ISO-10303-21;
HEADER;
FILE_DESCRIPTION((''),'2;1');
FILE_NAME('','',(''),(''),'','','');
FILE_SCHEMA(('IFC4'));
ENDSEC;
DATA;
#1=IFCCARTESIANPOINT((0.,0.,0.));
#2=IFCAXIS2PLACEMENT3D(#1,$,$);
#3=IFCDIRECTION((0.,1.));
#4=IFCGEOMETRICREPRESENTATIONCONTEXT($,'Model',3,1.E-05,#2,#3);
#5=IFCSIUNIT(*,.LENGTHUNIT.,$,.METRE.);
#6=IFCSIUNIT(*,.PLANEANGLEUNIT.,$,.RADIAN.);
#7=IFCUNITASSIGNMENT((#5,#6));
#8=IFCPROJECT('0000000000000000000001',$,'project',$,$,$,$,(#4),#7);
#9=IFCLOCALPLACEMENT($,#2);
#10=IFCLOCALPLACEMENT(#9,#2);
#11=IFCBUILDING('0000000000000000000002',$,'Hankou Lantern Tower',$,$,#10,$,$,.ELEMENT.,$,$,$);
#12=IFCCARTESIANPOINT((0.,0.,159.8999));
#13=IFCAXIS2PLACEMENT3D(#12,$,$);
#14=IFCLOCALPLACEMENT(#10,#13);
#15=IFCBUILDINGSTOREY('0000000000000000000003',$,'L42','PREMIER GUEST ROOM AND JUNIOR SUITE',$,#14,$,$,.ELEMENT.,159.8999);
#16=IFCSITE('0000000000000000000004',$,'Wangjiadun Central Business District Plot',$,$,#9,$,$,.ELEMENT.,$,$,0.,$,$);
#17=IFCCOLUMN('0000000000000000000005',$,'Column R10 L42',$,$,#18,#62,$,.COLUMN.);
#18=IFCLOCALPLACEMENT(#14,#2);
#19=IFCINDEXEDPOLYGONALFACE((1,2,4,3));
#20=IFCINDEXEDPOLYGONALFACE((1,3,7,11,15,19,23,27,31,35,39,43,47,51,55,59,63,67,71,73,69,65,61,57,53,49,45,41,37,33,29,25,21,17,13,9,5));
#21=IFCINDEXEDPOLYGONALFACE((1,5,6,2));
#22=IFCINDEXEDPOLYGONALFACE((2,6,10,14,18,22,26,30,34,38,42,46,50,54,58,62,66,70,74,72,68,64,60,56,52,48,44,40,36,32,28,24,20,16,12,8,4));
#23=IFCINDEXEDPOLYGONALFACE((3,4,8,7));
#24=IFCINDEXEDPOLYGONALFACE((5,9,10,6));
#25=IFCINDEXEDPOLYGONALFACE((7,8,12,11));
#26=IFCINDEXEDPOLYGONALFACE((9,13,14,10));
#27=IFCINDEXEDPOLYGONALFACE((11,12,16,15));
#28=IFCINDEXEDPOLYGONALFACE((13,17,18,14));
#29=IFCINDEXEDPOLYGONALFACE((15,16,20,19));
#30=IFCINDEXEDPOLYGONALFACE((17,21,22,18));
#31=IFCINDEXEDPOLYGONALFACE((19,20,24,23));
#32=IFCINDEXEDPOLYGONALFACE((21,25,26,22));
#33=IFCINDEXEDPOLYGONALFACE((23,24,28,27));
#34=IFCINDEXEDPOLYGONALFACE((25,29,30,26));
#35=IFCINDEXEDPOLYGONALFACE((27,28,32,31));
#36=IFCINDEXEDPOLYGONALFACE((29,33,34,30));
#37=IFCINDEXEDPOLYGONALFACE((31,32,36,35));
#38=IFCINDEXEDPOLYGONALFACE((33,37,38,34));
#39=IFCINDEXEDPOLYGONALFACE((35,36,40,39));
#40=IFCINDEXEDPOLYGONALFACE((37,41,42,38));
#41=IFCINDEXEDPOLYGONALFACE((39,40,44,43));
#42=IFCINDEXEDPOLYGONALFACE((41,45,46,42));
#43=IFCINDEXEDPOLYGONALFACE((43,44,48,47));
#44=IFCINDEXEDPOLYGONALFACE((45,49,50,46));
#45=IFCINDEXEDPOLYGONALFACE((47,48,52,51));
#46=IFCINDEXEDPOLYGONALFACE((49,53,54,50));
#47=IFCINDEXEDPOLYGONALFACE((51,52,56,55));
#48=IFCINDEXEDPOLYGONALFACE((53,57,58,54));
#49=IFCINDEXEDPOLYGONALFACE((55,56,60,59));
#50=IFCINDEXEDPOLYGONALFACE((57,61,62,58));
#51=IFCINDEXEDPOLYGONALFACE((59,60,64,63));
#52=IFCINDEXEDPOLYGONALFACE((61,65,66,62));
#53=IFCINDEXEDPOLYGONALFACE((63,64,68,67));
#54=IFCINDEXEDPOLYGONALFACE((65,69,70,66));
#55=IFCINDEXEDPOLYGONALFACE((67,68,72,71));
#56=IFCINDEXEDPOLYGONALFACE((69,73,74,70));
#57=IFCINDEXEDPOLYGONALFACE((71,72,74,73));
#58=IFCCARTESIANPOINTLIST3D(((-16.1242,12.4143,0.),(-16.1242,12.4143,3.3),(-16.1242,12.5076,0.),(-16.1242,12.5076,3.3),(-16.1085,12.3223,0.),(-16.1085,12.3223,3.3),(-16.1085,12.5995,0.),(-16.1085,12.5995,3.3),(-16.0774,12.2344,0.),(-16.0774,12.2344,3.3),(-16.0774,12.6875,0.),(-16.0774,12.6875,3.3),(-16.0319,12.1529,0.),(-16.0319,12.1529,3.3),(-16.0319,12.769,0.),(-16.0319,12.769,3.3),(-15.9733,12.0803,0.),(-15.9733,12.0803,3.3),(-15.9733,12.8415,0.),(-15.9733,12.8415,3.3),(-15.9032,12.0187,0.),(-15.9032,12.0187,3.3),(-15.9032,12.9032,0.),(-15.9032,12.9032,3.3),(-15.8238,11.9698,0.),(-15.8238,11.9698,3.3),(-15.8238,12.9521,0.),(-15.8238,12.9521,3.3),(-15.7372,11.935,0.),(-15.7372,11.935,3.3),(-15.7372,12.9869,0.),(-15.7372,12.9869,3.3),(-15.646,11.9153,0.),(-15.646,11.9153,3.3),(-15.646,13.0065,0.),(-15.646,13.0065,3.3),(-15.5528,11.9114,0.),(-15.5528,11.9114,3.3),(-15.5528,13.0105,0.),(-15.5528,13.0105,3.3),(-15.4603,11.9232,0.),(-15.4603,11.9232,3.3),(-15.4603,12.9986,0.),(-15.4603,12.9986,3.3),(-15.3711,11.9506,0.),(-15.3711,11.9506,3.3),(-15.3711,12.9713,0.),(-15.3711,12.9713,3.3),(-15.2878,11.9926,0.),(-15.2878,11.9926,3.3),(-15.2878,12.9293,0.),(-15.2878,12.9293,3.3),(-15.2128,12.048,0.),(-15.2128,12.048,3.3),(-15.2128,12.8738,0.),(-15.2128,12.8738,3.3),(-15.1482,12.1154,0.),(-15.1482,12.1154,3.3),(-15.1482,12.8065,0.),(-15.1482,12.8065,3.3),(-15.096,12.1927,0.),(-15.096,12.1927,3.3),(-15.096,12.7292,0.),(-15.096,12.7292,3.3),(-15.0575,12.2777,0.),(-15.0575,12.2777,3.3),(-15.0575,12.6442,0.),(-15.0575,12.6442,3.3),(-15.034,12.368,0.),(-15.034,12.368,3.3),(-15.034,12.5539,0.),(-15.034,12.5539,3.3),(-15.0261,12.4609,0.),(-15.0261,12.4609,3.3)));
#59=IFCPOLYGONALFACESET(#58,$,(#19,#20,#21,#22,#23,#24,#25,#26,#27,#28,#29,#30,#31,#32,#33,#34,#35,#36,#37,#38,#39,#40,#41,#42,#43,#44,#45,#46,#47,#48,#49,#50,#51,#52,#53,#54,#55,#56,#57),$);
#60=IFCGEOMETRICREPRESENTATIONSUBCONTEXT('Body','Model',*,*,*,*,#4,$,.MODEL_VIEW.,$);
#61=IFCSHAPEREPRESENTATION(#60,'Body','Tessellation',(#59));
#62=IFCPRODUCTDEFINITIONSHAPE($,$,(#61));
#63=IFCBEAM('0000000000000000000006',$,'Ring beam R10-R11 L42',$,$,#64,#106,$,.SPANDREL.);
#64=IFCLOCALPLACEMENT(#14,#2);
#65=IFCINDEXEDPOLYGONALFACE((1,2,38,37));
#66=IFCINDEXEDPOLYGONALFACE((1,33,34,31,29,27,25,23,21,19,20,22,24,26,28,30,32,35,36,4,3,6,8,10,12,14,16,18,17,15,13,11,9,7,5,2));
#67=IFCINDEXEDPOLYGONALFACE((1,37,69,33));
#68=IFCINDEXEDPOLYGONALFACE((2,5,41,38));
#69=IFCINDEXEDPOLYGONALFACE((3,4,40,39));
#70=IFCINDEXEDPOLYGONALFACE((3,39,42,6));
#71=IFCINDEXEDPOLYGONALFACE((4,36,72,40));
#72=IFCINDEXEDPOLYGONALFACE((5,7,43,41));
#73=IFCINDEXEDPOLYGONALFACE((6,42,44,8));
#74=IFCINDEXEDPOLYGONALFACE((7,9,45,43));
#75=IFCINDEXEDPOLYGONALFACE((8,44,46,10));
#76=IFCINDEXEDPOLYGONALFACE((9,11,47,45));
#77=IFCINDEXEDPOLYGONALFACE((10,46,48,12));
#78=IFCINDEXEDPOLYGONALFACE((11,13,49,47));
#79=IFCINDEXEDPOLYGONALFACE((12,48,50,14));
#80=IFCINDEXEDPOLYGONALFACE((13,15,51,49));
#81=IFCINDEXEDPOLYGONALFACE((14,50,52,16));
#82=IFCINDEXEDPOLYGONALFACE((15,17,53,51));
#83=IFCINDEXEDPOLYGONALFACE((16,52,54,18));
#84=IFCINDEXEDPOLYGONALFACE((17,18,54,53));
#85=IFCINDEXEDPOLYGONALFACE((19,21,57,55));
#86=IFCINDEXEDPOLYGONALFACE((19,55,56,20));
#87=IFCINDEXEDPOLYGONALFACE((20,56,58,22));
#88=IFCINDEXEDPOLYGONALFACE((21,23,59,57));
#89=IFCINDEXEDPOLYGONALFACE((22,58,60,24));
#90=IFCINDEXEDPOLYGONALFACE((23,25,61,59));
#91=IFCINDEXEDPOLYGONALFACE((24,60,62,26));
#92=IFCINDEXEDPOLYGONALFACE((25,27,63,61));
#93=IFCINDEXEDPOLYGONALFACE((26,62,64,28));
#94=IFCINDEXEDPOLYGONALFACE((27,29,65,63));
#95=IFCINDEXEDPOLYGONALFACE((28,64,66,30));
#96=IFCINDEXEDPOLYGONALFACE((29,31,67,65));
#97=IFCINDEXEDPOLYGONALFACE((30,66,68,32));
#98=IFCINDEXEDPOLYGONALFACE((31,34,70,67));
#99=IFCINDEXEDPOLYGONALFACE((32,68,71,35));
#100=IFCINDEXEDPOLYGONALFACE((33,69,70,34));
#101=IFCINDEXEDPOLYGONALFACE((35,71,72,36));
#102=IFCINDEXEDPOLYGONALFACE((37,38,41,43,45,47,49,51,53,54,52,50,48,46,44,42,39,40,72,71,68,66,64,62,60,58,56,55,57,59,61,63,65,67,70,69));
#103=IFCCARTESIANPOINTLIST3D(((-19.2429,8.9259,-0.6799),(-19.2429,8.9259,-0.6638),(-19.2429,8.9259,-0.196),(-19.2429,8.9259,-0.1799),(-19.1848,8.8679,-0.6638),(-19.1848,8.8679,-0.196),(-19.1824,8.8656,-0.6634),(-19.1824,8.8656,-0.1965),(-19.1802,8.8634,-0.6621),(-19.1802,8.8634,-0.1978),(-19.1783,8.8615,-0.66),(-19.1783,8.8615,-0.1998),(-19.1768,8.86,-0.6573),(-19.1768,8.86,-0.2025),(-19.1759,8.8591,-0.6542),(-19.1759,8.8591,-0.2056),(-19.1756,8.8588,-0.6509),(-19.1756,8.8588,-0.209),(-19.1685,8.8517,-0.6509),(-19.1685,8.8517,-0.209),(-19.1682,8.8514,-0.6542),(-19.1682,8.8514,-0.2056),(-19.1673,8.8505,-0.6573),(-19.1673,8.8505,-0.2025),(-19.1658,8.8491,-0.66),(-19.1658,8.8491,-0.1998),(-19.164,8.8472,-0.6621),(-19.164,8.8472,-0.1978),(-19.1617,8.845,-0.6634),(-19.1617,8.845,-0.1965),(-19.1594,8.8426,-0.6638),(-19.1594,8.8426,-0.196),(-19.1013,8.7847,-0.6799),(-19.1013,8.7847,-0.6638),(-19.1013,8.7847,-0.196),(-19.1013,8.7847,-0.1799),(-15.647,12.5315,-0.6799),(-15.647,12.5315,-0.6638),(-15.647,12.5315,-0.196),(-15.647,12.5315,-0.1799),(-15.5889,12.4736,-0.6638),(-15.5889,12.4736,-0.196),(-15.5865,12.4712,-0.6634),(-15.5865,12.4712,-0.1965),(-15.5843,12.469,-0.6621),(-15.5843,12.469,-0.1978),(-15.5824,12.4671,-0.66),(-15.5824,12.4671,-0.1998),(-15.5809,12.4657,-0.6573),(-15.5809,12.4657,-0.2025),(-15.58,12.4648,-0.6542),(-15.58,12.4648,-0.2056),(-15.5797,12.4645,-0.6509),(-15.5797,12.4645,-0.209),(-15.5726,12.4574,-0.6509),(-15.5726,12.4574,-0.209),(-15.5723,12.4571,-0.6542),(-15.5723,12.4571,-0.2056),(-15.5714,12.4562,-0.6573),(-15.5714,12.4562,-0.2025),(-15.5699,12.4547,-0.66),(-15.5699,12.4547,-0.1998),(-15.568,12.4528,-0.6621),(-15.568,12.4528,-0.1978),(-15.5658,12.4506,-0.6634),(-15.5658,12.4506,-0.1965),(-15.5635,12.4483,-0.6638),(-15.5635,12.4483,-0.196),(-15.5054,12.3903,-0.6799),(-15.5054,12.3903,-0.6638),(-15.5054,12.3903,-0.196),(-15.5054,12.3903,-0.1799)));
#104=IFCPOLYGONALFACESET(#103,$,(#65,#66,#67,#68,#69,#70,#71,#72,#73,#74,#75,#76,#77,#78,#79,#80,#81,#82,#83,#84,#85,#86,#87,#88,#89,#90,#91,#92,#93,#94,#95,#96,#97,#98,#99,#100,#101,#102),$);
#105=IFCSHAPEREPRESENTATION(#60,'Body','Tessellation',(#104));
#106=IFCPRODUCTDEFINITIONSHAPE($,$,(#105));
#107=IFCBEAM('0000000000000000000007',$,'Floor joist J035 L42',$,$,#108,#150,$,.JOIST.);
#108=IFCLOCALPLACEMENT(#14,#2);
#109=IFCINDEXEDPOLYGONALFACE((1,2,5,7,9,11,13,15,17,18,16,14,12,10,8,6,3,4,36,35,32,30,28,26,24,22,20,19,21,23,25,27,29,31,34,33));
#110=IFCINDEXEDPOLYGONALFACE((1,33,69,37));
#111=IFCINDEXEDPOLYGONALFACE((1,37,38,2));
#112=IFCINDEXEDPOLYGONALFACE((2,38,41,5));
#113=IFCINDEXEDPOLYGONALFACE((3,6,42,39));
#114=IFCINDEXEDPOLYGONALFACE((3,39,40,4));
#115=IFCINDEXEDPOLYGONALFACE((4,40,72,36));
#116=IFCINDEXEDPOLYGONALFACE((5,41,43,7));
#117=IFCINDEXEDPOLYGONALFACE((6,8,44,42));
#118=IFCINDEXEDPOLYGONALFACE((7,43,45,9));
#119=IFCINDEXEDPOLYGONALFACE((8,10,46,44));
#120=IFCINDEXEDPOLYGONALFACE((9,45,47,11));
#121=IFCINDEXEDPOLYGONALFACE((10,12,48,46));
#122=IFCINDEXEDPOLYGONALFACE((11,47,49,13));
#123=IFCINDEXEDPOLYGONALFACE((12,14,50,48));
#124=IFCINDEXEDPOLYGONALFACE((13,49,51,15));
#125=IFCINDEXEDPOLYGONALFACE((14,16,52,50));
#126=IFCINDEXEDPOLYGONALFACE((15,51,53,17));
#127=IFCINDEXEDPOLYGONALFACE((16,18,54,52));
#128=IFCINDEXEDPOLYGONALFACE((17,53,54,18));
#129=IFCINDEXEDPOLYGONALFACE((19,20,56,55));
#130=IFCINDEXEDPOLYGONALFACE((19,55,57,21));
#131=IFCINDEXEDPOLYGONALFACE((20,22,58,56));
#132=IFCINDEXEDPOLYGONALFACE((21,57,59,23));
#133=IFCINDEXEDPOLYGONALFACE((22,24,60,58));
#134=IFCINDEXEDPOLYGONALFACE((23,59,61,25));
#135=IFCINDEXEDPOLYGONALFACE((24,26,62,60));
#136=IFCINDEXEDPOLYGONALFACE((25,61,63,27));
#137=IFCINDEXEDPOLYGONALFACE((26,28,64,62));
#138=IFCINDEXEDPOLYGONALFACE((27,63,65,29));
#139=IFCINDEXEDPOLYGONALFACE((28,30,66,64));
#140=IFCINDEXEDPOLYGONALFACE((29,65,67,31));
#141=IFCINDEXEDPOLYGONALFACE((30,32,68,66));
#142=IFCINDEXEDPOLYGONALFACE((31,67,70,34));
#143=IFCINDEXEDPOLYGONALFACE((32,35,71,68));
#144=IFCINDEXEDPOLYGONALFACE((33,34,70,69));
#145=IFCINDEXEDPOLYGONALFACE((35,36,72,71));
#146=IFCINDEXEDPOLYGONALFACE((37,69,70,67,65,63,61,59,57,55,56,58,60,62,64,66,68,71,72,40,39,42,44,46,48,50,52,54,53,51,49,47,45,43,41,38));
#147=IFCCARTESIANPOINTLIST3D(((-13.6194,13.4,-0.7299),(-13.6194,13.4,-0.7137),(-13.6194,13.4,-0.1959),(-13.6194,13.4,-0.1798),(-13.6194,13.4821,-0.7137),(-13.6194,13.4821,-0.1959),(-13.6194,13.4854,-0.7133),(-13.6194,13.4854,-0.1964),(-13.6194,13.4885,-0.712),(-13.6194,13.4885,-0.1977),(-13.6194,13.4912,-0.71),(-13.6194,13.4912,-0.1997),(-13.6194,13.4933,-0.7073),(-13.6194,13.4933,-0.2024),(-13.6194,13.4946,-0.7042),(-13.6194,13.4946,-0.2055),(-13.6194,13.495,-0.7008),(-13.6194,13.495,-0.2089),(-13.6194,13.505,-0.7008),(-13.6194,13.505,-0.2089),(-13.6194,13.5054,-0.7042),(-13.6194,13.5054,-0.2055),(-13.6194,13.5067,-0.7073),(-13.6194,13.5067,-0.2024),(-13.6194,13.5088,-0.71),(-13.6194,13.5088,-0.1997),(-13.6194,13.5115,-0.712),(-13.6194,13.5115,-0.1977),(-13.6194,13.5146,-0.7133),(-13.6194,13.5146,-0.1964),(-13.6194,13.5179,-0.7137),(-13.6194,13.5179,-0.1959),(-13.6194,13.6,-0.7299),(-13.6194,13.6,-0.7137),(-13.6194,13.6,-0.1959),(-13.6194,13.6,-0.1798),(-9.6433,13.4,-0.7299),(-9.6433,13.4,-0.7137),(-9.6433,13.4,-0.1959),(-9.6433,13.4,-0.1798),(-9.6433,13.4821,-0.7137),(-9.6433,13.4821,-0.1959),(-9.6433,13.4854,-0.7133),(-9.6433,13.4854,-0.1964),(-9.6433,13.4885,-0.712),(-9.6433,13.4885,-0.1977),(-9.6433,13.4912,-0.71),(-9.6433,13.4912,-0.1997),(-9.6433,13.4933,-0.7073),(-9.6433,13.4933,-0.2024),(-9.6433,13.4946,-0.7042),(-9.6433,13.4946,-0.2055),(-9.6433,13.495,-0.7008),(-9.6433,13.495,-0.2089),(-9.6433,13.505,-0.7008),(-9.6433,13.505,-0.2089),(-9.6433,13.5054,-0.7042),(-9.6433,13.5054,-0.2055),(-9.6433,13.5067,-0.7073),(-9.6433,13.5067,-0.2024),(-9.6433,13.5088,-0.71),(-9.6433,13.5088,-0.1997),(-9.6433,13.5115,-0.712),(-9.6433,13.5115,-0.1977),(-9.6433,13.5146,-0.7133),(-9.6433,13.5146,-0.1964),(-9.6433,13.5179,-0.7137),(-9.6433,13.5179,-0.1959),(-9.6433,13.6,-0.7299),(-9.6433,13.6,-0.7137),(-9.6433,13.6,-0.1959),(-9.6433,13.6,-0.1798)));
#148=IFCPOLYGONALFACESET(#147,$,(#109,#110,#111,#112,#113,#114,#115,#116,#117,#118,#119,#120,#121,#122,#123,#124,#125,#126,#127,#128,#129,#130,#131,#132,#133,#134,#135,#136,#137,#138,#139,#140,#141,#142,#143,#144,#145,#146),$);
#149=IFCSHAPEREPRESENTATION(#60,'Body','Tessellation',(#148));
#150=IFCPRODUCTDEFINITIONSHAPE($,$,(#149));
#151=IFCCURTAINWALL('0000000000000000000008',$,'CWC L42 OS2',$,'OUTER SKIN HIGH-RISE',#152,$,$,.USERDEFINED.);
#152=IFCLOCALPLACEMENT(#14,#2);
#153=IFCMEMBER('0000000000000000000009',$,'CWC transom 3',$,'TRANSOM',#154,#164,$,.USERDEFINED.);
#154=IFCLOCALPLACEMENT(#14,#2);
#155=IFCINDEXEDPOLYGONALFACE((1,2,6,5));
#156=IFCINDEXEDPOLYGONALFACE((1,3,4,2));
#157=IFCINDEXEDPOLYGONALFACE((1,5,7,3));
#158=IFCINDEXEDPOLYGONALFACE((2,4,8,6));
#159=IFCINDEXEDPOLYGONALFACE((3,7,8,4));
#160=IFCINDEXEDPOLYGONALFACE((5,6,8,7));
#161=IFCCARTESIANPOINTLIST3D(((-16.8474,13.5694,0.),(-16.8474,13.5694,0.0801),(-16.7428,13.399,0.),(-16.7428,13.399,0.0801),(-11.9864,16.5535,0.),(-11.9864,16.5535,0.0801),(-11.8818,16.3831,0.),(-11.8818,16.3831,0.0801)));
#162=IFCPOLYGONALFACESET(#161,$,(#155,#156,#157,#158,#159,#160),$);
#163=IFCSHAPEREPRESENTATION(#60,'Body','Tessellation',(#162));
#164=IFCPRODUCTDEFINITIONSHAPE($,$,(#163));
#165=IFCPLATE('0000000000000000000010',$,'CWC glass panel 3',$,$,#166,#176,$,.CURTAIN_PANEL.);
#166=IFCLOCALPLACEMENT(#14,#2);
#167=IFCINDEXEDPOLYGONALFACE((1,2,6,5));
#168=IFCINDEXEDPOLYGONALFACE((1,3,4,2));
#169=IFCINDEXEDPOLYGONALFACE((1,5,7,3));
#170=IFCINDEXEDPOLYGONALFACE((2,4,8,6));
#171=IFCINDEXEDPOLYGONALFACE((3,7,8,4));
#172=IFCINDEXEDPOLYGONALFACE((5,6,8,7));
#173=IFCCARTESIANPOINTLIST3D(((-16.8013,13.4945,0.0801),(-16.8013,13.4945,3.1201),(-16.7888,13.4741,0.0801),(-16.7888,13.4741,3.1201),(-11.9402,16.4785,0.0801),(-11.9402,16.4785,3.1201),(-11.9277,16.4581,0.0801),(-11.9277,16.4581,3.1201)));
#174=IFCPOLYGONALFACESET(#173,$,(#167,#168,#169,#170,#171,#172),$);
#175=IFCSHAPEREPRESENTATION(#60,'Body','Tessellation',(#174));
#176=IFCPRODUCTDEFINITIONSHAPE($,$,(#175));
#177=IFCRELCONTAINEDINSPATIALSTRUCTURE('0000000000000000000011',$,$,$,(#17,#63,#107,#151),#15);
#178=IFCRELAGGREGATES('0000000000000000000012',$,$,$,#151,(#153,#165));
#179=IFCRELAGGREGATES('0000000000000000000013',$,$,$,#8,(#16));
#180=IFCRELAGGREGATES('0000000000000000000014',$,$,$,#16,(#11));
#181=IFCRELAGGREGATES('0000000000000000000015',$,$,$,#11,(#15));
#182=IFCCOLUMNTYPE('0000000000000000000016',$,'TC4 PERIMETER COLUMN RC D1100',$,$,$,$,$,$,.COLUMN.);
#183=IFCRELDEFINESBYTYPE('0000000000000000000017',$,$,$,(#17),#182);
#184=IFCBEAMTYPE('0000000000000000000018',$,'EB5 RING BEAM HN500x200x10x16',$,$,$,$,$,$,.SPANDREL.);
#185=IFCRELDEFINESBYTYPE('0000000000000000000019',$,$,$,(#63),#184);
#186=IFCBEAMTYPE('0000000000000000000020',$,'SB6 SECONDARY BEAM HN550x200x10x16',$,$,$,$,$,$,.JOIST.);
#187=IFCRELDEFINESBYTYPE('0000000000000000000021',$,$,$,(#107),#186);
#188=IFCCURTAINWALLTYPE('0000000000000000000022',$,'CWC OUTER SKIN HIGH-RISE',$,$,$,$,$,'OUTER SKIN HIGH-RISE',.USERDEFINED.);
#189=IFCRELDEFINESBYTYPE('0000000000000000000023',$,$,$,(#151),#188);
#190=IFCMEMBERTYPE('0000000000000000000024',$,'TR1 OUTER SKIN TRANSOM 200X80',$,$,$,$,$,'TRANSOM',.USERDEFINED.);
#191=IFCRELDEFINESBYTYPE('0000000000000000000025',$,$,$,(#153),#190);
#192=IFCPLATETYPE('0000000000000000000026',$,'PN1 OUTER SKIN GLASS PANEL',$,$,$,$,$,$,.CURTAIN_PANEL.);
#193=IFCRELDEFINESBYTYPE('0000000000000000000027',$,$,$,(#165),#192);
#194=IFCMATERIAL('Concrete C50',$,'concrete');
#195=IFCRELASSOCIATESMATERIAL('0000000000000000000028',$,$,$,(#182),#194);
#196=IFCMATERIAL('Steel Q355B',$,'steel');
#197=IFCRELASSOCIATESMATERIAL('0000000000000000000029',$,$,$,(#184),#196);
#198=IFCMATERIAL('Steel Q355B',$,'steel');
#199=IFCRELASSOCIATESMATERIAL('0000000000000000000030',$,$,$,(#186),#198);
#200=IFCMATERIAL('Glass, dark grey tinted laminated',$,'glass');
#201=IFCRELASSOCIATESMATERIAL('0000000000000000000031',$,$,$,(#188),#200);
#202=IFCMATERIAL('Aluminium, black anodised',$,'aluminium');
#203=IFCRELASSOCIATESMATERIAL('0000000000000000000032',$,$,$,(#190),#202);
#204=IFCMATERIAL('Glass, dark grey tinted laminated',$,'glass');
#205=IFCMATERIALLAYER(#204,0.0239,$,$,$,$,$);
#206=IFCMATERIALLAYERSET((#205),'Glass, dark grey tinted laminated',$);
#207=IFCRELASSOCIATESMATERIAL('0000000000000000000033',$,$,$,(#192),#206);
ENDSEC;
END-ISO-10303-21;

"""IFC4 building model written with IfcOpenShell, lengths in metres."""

from ifc_helpers import new_model, si_unit, direction, frame, origin, origin_2d, place, context, subcontext, project, spatial, rectangle, circle, i_section, extrude, material, layer, layer_set, material_profile, profile_set, type_object, element, aggregate, save


model = new_model("IFC4")

# Units and contexts
model_context = context("Model", 3, precision=1e-05, world=origin(), true_north=direction((0.0, 1.0)))
body_context = subcontext(model_context, "Body", "Model", "MODEL_VIEW")
ifc_project = project(units=[si_unit("LENGTHUNIT", "METRE"), si_unit("PLANEANGLEUNIT", "RADIAN")], contexts=[model_context])

# Site, building, storey
site_placement = place(None, origin())
site = spatial("IfcSite", under=ifc_project, at=site_placement, Name="Wangjiadun Central Business District Plot", CompositionType="ELEMENT", RefElevation=0.0)
building_placement = place(site_placement, origin())
building = spatial("IfcBuilding", under=site, at=building_placement, Name="Hankou Lantern Tower", CompositionType="ELEMENT")
storey_placement = place(building_placement, frame((0.0, 0.0, 159.8999)))
storey = spatial("IfcBuildingStorey", under=building, at=storey_placement, Name="L42", Description="PREMIER GUEST ROOM AND JUNIOR SUITE", CompositionType="ELEMENT", Elevation=159.8999)

# Column
ifc_material_1 = material(Name="Concrete C50", Category="concrete")
ifc_material_profile_1 = material_profile(ifc_material_1, circle(Radius=0.55, at=origin_2d()), Name="RC D1100")
ifc_profile_set_1 = profile_set([ifc_material_profile_1], Name="Concrete C50")
column_type = type_object("IfcColumnType", Name="TC4 PERIMETER COLUMN RC D1100", PredefinedType="COLUMN", material=ifc_profile_set_1)
column_placement = place(storey_placement, frame((-15.5762, 12.4609, 0.0), z_axis=(0.0, 0.0, 1.0), x_axis=(1.0, 0.0, 0.0)))
element("IfcColumn", 1, at=column_placement, inside=storey, type_object=column_type, Name="Column R10 L42", PredefinedType="COLUMN", context=body_context, shape_type="SweptSolid", body=[
    extrude(circle(Radius=0.55, at=origin_2d()), origin(), (0.0, 0.0, 1.0), 3.3),
])

# Beams
ifc_material_2 = material(Name="Steel Q355B", Category="steel")
ifc_material_profile_2 = material_profile(ifc_material_2, i_section(OverallWidth=0.2, OverallDepth=0.5, WebThickness=0.01, FlangeThickness=0.0161, FilletRadius=0.0129, at=origin_2d()), Name="HN500x200x10x16")
ifc_profile_set_2 = profile_set([ifc_material_profile_2], Name="Steel Q355B")
beam_type_1 = type_object("IfcBeamType", Name="EB5 RING BEAM HN500x200x10x16", PredefinedType="SPANDREL", material=ifc_profile_set_2)
beam_1_placement = place(storey_placement, frame((-15.5762, 12.4609, -0.4299), z_axis=(-0.706147, -0.708065, 0.0), x_axis=(0.708065, -0.706147, 0.0)))
element("IfcBeam", 2, at=beam_1_placement, inside=storey, type_object=beam_type_1, Name="Ring beam R10-R11 L42", PredefinedType="SPANDREL", context=body_context, shape_type="SweptSolid", body=[
    extrude(i_section(OverallWidth=0.2, OverallDepth=0.5, WebThickness=0.01, FlangeThickness=0.0161, FilletRadius=0.0129, at=origin_2d()), origin(), (0.0, 0.0, 1.0), 5.0923),
])
ifc_material_3 = material(Name="Steel Q355B", Category="steel")
ifc_material_profile_3 = material_profile(ifc_material_3, i_section(OverallWidth=0.2, OverallDepth=0.55, WebThickness=0.01, FlangeThickness=0.0161, FilletRadius=0.0129, at=origin_2d()), Name="HN550x200x10x16")
ifc_profile_set_3 = profile_set([ifc_material_profile_3], Name="Steel Q355B")
beam_type_2 = type_object("IfcBeamType", Name="SB6 SECONDARY BEAM HN550x200x10x16", PredefinedType="JOIST", material=ifc_profile_set_3)
beam_2_placement = place(storey_placement, frame((-13.6194, 13.5, -0.4548), z_axis=(1.0, 0.0, 0.0), x_axis=(0.0, 1.0, 0.0)))
element("IfcBeam", 3, at=beam_2_placement, inside=storey, type_object=beam_type_2, Name="Floor joist J035 L42", PredefinedType="JOIST", context=body_context, shape_type="SweptSolid", body=[
    extrude(i_section(OverallWidth=0.2, OverallDepth=0.55, WebThickness=0.01, FlangeThickness=0.0161, FilletRadius=0.0129, at=origin_2d()), origin(), (0.0, 0.0, 1.0), 3.9761),
])

# Curtain wall, member, plate
ifc_material_4 = material(Name="Glass, dark grey tinted laminated", Category="glass")
curtain_wall_type = type_object("IfcCurtainWallType", Name="CWC OUTER SKIN HIGH-RISE", ElementType="OUTER SKIN HIGH-RISE", PredefinedType="USERDEFINED", material=ifc_material_4)
curtain_wall_placement = place(storey_placement, origin())
curtain_wall = element("IfcCurtainWall", 4, at=curtain_wall_placement, inside=storey, type_object=curtain_wall_type, Name="CWC L42 OS2", ObjectType="OUTER SKIN HIGH-RISE", PredefinedType="USERDEFINED")
ifc_material_5 = material(Name="Aluminium, black anodised", Category="aluminium")
ifc_material_profile_4 = material_profile(ifc_material_5, rectangle(XDim=0.2, YDim=0.0801, at=origin_2d()), Name="TR1 200X80")
ifc_profile_set_4 = profile_set([ifc_material_profile_4], Name="Aluminium, black anodised")
member_type = type_object("IfcMemberType", Name="TR1 OUTER SKIN TRANSOM 200X80", ElementType="TRANSOM", PredefinedType="USERDEFINED", material=ifc_profile_set_4)
member_placement = place(storey_placement, frame((-11.9341, 16.4683, 0.04), z_axis=(-0.852229, -0.523168, 0.0), x_axis=(0.523168, -0.852229, 0.0)))
member = element("IfcMember", 5, at=member_placement, type_object=member_type, Name="CWC transom 3", ObjectType="TRANSOM", PredefinedType="USERDEFINED", context=body_context, shape_type="SweptSolid", body=[
    extrude(rectangle(XDim=0.2, YDim=0.0801, at=origin_2d()), origin(), (0.0, 0.0, 1.0), 5.7039),
])
ifc_material_6 = material(Name="Glass, dark grey tinted laminated", Category="glass")
ifc_layer_1 = layer(ifc_material_6, 0.0239)
ifc_layer_set_1 = layer_set([ifc_layer_1], Name="Glass, dark grey tinted laminated")
plate_type = type_object("IfcPlateType", Name="PN1 OUTER SKIN GLASS PANEL", PredefinedType="CURTAIN_PANEL", material=ifc_layer_set_1)
plate_placement = place(storey_placement, frame((-14.3645, 14.9763, 0.0801), z_axis=(0.0, 0.0, 1.0), x_axis=(-0.852237, -0.523156, 0.0)))
plate = element("IfcPlate", 6, at=plate_placement, type_object=plate_type, Name="CWC glass panel 3", PredefinedType="CURTAIN_PANEL", context=body_context, shape_type="SweptSolid", body=[
    extrude(rectangle(XDim=5.7039, YDim=0.0239, at=origin_2d()), origin(), (0.0, 0.0, 1.0), 3.04),
])
aggregate(curtain_wall, [member, plate])

save(model, "model.ifc")
